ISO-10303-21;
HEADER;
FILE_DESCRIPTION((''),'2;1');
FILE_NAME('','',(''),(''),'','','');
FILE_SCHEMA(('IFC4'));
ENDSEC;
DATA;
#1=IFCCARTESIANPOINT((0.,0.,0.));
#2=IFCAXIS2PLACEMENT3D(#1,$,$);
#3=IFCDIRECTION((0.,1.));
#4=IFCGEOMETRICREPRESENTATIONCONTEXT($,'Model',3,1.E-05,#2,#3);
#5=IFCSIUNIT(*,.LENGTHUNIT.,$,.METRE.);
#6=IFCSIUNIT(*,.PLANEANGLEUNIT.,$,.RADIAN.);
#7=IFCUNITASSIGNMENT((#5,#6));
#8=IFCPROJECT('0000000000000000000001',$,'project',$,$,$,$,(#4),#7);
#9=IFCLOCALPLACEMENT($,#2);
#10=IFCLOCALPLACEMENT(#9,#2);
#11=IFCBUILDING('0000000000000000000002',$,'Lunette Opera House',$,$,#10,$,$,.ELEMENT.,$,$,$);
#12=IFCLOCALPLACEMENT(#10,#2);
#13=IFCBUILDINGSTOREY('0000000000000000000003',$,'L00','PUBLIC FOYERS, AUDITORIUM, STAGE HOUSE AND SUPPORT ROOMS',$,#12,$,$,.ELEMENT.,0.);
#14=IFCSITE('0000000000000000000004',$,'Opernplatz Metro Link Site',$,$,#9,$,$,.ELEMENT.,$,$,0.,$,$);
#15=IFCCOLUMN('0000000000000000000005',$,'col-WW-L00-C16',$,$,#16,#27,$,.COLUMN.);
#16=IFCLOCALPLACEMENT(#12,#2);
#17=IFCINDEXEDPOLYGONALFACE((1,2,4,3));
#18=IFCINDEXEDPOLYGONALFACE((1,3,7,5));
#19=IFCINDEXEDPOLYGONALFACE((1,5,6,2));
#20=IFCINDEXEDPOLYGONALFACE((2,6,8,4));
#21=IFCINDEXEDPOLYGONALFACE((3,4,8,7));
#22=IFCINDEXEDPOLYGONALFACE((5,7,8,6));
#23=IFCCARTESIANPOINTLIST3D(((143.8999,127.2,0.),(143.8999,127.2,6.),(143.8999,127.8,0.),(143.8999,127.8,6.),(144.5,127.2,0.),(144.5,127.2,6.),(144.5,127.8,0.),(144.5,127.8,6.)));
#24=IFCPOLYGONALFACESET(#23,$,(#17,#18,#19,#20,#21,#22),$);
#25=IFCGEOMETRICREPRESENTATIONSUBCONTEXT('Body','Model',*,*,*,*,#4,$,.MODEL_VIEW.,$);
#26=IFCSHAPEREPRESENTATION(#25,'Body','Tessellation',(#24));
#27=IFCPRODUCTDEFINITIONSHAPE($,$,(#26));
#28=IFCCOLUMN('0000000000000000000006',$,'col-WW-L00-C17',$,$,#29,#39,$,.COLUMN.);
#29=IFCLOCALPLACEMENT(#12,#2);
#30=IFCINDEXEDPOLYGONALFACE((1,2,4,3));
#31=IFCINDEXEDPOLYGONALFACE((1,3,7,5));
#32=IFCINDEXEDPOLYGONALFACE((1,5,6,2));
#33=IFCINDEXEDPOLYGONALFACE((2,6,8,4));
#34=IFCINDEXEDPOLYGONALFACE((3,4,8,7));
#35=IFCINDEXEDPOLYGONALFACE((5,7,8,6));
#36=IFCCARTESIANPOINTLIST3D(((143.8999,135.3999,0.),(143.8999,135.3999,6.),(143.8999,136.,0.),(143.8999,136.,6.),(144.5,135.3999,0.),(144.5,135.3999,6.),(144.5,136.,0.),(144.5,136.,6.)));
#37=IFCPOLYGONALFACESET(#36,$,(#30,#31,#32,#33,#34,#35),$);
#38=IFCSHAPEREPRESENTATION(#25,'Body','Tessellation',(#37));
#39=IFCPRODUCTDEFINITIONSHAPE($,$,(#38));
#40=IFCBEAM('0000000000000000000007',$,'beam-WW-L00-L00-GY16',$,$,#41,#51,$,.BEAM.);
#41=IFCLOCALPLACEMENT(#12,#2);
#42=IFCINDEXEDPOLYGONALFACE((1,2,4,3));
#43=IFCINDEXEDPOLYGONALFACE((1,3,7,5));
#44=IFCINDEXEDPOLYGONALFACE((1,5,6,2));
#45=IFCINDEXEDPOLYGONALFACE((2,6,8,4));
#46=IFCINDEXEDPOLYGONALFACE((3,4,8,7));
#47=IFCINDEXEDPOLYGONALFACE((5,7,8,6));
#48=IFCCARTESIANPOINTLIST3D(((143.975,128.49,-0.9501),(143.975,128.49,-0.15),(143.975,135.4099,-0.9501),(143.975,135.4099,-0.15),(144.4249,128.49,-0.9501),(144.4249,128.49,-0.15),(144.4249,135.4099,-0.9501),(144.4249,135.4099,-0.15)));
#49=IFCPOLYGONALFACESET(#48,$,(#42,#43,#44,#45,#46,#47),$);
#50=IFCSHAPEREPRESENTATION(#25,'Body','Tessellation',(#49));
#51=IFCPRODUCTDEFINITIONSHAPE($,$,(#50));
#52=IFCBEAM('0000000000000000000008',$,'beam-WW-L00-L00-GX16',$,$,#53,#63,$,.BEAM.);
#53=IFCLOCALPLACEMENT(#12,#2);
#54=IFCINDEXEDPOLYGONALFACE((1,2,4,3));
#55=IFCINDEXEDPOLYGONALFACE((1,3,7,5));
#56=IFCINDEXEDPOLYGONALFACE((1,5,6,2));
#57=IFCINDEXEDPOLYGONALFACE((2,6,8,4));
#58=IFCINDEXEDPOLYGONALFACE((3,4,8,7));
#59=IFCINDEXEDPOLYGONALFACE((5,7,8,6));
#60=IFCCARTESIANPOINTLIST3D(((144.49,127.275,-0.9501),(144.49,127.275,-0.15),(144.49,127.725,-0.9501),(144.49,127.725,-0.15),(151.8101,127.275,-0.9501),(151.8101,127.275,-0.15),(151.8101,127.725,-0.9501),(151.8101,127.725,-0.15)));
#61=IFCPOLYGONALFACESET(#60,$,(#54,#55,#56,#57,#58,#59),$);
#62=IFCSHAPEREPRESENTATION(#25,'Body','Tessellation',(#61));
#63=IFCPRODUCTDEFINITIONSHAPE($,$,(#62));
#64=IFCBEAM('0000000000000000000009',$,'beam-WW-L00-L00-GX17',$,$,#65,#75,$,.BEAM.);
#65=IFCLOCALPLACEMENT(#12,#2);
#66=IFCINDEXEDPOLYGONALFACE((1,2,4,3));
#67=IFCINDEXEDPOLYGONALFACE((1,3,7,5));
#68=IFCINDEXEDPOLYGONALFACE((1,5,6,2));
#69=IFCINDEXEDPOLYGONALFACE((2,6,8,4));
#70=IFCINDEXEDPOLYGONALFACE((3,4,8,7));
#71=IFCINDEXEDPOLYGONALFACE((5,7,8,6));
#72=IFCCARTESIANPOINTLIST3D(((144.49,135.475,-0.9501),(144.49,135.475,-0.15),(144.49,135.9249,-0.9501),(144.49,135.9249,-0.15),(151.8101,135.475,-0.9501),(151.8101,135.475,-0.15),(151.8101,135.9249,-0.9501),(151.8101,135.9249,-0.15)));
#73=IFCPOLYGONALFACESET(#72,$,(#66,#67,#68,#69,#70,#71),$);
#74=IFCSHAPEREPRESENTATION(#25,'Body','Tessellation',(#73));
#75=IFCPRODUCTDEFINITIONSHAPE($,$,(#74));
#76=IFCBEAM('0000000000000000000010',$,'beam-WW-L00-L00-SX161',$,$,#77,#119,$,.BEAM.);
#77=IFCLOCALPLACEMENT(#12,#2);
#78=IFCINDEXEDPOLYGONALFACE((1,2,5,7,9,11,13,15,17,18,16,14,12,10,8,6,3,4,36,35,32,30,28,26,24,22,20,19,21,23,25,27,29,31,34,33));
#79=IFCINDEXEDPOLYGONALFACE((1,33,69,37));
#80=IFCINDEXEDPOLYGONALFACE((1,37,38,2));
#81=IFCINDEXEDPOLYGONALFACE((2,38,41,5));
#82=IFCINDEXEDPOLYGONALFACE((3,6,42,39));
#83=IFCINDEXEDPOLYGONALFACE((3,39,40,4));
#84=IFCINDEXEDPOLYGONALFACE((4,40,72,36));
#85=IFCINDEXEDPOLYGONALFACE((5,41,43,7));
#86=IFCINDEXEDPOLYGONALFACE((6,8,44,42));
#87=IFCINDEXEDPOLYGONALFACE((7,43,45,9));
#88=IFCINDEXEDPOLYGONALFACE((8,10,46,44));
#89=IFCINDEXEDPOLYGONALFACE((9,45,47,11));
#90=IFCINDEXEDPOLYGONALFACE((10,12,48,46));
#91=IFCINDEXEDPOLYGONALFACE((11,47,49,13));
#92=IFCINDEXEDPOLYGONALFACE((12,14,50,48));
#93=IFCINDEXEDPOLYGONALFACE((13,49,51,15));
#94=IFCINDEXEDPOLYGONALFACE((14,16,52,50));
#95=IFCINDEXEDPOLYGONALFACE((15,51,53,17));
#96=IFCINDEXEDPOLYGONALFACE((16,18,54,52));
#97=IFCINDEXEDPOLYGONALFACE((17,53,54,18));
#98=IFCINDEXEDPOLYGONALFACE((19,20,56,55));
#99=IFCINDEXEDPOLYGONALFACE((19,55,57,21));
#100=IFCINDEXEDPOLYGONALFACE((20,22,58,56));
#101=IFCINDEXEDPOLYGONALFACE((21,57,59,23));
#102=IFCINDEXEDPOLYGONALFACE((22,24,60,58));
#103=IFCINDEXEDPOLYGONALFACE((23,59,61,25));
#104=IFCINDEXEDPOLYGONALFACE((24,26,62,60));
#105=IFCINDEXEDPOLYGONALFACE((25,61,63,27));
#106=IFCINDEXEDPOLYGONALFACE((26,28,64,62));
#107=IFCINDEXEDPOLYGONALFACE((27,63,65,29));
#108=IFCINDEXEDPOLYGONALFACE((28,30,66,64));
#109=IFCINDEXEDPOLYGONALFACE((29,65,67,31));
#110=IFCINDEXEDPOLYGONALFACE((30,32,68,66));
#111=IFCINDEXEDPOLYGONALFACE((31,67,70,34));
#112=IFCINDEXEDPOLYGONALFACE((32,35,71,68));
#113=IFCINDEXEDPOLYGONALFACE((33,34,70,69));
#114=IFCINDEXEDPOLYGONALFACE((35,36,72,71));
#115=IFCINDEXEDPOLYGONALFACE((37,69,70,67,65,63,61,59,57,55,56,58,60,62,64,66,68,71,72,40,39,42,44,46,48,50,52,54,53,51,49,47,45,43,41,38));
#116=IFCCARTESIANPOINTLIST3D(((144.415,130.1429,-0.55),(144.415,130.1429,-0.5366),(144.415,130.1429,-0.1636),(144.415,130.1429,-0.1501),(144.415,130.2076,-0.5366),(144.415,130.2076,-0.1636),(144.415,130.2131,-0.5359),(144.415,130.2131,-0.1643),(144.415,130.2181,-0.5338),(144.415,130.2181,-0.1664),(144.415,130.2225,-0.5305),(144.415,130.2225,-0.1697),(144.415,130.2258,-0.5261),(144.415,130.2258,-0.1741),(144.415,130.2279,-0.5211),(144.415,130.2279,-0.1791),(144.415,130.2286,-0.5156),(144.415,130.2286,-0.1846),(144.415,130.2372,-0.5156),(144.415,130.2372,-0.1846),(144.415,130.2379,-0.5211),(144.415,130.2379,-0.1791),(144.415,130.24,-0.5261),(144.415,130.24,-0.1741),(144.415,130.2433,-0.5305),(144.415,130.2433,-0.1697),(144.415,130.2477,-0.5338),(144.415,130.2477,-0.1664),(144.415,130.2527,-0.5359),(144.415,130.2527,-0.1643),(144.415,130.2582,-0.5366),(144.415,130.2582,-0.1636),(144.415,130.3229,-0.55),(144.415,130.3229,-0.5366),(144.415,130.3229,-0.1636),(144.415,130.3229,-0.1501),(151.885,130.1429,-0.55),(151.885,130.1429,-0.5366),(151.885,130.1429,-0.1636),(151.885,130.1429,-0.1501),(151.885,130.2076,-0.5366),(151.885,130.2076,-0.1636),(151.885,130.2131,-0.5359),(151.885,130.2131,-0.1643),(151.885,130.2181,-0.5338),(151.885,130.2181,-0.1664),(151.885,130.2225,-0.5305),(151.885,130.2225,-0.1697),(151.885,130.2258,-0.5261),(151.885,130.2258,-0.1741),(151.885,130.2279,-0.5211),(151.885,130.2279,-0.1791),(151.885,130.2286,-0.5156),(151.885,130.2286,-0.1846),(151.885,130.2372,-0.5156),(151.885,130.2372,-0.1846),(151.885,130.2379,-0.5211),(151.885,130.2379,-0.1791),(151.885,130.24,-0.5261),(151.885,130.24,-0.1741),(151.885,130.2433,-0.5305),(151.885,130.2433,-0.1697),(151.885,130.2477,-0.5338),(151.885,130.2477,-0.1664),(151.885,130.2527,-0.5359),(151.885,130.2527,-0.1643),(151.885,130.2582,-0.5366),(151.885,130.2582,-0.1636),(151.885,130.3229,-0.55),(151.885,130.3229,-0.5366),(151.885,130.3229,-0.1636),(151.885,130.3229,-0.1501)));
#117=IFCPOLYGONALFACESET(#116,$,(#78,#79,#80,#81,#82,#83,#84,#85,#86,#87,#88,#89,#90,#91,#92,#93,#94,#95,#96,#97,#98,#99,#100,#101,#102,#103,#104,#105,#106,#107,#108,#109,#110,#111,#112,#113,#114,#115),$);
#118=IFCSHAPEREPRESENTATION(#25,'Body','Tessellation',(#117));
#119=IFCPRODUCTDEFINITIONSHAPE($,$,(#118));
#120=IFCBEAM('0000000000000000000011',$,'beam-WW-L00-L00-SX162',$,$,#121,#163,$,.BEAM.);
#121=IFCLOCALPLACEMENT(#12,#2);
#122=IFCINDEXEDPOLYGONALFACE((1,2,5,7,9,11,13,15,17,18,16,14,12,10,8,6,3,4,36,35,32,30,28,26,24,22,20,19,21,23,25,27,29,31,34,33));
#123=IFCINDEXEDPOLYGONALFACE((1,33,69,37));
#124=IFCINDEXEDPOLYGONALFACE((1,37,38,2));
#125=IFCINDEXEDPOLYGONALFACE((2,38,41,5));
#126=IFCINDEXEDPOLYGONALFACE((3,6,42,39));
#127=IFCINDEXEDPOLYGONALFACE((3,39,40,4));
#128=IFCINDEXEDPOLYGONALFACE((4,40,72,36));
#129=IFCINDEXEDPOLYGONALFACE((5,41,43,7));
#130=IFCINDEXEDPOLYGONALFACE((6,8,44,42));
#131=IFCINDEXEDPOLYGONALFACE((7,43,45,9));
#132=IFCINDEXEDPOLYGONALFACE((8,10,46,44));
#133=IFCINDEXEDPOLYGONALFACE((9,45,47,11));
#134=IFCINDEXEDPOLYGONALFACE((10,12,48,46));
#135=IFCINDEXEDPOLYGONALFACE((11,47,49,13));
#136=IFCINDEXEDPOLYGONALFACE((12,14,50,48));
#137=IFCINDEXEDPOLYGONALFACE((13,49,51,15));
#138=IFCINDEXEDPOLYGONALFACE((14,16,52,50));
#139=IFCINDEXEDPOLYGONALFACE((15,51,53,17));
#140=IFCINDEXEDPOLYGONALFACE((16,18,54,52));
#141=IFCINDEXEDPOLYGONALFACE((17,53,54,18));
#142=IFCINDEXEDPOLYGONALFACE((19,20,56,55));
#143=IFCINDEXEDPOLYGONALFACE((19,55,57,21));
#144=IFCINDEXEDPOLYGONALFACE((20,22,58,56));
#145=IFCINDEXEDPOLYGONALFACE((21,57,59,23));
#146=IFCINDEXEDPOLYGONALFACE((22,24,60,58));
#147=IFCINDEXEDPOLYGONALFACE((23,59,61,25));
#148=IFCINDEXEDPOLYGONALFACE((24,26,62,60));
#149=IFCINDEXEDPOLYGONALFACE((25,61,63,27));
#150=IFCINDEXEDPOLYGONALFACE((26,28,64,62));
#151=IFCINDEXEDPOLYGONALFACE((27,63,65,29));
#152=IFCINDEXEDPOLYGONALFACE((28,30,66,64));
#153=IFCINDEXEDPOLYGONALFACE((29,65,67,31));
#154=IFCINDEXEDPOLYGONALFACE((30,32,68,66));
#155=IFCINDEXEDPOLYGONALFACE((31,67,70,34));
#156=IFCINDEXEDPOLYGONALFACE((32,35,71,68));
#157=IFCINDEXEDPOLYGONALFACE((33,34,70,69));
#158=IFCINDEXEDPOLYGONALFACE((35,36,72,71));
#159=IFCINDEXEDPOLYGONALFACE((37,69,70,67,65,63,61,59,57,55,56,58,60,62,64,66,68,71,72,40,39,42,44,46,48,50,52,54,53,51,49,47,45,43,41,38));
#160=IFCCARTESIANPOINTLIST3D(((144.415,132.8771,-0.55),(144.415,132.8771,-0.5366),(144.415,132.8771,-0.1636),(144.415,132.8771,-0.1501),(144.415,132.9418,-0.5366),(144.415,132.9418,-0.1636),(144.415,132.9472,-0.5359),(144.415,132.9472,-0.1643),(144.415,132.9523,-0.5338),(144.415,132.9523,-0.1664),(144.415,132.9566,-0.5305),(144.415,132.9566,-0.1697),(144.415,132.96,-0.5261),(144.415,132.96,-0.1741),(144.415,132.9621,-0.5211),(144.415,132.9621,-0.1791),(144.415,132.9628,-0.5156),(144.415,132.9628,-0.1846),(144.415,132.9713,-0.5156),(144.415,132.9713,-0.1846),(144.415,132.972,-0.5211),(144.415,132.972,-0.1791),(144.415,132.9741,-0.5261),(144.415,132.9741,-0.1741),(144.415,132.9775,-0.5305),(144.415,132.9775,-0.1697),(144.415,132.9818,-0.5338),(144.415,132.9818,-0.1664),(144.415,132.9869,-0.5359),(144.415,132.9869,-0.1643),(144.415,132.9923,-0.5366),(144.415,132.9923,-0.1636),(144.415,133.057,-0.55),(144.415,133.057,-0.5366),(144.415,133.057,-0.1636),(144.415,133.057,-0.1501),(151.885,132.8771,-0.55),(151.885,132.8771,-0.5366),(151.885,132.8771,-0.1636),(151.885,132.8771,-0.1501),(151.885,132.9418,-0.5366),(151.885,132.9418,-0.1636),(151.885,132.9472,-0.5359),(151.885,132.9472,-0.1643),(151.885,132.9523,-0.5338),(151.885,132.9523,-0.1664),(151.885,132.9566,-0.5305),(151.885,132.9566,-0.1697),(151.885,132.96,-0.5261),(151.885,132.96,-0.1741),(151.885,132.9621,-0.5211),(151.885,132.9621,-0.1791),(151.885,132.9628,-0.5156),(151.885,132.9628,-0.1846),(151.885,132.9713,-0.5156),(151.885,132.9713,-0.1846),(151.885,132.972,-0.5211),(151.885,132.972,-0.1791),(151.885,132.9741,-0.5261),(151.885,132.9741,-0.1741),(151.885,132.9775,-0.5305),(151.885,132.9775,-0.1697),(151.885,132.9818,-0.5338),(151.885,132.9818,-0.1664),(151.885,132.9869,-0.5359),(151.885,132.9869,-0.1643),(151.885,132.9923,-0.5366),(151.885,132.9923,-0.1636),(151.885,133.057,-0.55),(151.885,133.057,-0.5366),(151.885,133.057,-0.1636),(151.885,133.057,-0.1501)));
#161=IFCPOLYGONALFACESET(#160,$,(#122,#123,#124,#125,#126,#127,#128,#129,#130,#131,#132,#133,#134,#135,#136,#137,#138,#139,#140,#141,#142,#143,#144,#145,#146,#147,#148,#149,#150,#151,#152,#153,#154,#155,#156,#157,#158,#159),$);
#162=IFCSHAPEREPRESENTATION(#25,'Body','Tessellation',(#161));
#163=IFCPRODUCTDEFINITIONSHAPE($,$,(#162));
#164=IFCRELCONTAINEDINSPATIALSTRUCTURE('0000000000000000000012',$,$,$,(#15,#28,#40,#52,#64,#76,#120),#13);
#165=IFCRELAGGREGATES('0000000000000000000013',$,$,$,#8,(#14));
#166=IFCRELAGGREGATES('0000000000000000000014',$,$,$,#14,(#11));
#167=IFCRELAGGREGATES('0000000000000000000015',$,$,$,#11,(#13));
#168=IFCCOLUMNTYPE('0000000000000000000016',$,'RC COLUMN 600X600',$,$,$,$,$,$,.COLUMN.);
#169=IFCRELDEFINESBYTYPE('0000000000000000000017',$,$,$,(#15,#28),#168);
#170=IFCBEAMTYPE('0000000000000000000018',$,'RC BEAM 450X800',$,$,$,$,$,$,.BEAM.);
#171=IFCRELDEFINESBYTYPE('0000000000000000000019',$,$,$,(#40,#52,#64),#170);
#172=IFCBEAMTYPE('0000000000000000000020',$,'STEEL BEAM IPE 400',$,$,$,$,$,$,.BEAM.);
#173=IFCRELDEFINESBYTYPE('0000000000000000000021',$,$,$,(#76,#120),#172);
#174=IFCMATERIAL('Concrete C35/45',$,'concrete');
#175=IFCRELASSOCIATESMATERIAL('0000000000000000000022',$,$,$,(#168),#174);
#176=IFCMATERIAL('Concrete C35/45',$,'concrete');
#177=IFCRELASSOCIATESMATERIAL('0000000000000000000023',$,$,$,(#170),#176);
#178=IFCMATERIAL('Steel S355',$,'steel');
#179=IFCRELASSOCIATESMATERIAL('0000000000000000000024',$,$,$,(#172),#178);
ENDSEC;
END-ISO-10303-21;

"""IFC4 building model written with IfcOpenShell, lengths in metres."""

from ifc_helpers import new_model, si_unit, direction, frame, origin, origin_2d, place, context, subcontext, project, spatial, rectangle, i_section, extrude, material, material_profile, profile_set, type_object, element, save


model = new_model("IFC4")

# Units and contexts
model_context = context("Model", 3, precision=1e-05, world=origin(), true_north=direction((0.0, 1.0)))
body_context = subcontext(model_context, "Body", "Model", "MODEL_VIEW")
ifc_project = project(units=[si_unit("LENGTHUNIT", "METRE"), si_unit("PLANEANGLEUNIT", "RADIAN")], contexts=[model_context])

# Site, building, storey
site_placement = place(None, origin())
site = spatial("IfcSite", under=ifc_project, at=site_placement, Name="Opernplatz Metro Link Site", CompositionType="ELEMENT", RefElevation=0.0)
building_placement = place(site_placement, origin())
building = spatial("IfcBuilding", under=site, at=building_placement, Name="Lunette Opera House", CompositionType="ELEMENT")
storey_placement = place(building_placement, origin())
storey = spatial("IfcBuildingStorey", under=building, at=storey_placement, Name="L00", Description="PUBLIC FOYERS, AUDITORIUM, STAGE HOUSE AND SUPPORT ROOMS", CompositionType="ELEMENT", Elevation=0.0)

# Columns
ifc_material_1 = material(Name="Concrete C35/45", Category="concrete")
ifc_material_profile_1 = material_profile(ifc_material_1, rectangle(XDim=0.6001, YDim=0.6001, at=origin_2d()), Name="RC COLUMN 600X600")
ifc_profile_set_1 = profile_set([ifc_material_profile_1], Name="Concrete C35/45")
column_type = type_object("IfcColumnType", Name="RC COLUMN 600X600", PredefinedType="COLUMN", material=ifc_profile_set_1)
for number, where, z_axis, x_axis, name in (
    (1, (144.2, 127.5, 0.0), (0.0, 0.0, 1.0), (1.0, 0.0, 0.0), "col-WW-L00-C16"),
    (2, (144.2, 135.7, 0.0), (0.0, 0.0, 1.0), (1.0, 0.0, 0.0), "col-WW-L00-C17"),
):
    element("IfcColumn", number, at=place(storey_placement, frame(where, z_axis=z_axis, x_axis=x_axis)), inside=storey, type_object=column_type, Name=name, PredefinedType="COLUMN", context=body_context, shape_type="SweptSolid", body=[
        extrude(rectangle(XDim=0.6001, YDim=0.6001, at=origin_2d()), origin(), (0.0, 0.0, 1.0), 6.0),
    ])

# Beams
ifc_material_2 = material(Name="Concrete C35/45", Category="concrete")
ifc_material_profile_2 = material_profile(ifc_material_2, rectangle(XDim=0.45, YDim=0.8, at=origin_2d()), Name="RC BEAM 450X800")
ifc_profile_set_2 = profile_set([ifc_material_profile_2], Name="Concrete C35/45")
beam_type_1 = type_object("IfcBeamType", Name="RC BEAM 450X800", PredefinedType="BEAM", material=ifc_profile_set_2)
beam_placement = place(storey_placement, frame((144.2, 128.49, -0.55), z_axis=(0.0, 1.0, 0.0), x_axis=(-1.0, 0.0, 0.0)))
element("IfcBeam", 3, at=beam_placement, inside=storey, type_object=beam_type_1, Name="beam-WW-L00-L00-GY16", PredefinedType="BEAM", context=body_context, shape_type="SweptSolid", body=[
    extrude(rectangle(XDim=0.45, YDim=0.8, at=origin_2d()), origin(), (0.0, 0.0, 1.0), 6.9199),
])
for number, where, z_axis, x_axis, name in (
    (4, (144.49, 127.5, -0.55), (1.0, 0.0, 0.0), (0.0, 1.0, 0.0), "beam-WW-L00-L00-GX16"),
    (5, (144.49, 135.7, -0.55), (1.0, 0.0, 0.0), (0.0, 1.0, 0.0), "beam-WW-L00-L00-GX17"),
):
    element("IfcBeam", number, at=place(storey_placement, frame(where, z_axis=z_axis, x_axis=x_axis)), inside=storey, type_object=beam_type_1, Name=name, PredefinedType="BEAM", context=body_context, shape_type="SweptSolid", body=[
        extrude(rectangle(XDim=0.45, YDim=0.8, at=origin_2d()), origin(), (0.0, 0.0, 1.0), 7.3201),
    ])
ifc_material_3 = material(Name="Steel S355", Category="steel")
ifc_material_profile_3 = material_profile(ifc_material_3, i_section(OverallWidth=0.1799, OverallDepth=0.3999, WebThickness=0.0085, FlangeThickness=0.0134, FilletRadius=0.021, at=origin_2d()), Name="IPE 400")
ifc_profile_set_3 = profile_set([ifc_material_profile_3], Name="Steel S355")
beam_type_2 = type_object("IfcBeamType", Name="STEEL BEAM IPE 400", PredefinedType="BEAM", material=ifc_profile_set_3)
for number, where, z_axis, x_axis, name in (
    (6, (144.415, 130.2329, -0.3501), (1.0, 0.0, 0.0), (0.0, 1.0, 0.0), "beam-WW-L00-L00-SX161"),
    (7, (144.415, 132.967, -0.3501), (1.0, 0.0, 0.0), (0.0, 1.0, 0.0), "beam-WW-L00-L00-SX162"),
):
    element("IfcBeam", number, at=place(storey_placement, frame(where, z_axis=z_axis, x_axis=x_axis)), inside=storey, type_object=beam_type_2, Name=name, PredefinedType="BEAM", context=body_context, shape_type="SweptSolid", body=[
        extrude(i_section(OverallWidth=0.1799, OverallDepth=0.3999, WebThickness=0.0085, FlangeThickness=0.0134, FilletRadius=0.021, at=origin_2d()), origin(), (0.0, 0.0, 1.0), 7.47),
    ])

save(model, "model.ifc")
